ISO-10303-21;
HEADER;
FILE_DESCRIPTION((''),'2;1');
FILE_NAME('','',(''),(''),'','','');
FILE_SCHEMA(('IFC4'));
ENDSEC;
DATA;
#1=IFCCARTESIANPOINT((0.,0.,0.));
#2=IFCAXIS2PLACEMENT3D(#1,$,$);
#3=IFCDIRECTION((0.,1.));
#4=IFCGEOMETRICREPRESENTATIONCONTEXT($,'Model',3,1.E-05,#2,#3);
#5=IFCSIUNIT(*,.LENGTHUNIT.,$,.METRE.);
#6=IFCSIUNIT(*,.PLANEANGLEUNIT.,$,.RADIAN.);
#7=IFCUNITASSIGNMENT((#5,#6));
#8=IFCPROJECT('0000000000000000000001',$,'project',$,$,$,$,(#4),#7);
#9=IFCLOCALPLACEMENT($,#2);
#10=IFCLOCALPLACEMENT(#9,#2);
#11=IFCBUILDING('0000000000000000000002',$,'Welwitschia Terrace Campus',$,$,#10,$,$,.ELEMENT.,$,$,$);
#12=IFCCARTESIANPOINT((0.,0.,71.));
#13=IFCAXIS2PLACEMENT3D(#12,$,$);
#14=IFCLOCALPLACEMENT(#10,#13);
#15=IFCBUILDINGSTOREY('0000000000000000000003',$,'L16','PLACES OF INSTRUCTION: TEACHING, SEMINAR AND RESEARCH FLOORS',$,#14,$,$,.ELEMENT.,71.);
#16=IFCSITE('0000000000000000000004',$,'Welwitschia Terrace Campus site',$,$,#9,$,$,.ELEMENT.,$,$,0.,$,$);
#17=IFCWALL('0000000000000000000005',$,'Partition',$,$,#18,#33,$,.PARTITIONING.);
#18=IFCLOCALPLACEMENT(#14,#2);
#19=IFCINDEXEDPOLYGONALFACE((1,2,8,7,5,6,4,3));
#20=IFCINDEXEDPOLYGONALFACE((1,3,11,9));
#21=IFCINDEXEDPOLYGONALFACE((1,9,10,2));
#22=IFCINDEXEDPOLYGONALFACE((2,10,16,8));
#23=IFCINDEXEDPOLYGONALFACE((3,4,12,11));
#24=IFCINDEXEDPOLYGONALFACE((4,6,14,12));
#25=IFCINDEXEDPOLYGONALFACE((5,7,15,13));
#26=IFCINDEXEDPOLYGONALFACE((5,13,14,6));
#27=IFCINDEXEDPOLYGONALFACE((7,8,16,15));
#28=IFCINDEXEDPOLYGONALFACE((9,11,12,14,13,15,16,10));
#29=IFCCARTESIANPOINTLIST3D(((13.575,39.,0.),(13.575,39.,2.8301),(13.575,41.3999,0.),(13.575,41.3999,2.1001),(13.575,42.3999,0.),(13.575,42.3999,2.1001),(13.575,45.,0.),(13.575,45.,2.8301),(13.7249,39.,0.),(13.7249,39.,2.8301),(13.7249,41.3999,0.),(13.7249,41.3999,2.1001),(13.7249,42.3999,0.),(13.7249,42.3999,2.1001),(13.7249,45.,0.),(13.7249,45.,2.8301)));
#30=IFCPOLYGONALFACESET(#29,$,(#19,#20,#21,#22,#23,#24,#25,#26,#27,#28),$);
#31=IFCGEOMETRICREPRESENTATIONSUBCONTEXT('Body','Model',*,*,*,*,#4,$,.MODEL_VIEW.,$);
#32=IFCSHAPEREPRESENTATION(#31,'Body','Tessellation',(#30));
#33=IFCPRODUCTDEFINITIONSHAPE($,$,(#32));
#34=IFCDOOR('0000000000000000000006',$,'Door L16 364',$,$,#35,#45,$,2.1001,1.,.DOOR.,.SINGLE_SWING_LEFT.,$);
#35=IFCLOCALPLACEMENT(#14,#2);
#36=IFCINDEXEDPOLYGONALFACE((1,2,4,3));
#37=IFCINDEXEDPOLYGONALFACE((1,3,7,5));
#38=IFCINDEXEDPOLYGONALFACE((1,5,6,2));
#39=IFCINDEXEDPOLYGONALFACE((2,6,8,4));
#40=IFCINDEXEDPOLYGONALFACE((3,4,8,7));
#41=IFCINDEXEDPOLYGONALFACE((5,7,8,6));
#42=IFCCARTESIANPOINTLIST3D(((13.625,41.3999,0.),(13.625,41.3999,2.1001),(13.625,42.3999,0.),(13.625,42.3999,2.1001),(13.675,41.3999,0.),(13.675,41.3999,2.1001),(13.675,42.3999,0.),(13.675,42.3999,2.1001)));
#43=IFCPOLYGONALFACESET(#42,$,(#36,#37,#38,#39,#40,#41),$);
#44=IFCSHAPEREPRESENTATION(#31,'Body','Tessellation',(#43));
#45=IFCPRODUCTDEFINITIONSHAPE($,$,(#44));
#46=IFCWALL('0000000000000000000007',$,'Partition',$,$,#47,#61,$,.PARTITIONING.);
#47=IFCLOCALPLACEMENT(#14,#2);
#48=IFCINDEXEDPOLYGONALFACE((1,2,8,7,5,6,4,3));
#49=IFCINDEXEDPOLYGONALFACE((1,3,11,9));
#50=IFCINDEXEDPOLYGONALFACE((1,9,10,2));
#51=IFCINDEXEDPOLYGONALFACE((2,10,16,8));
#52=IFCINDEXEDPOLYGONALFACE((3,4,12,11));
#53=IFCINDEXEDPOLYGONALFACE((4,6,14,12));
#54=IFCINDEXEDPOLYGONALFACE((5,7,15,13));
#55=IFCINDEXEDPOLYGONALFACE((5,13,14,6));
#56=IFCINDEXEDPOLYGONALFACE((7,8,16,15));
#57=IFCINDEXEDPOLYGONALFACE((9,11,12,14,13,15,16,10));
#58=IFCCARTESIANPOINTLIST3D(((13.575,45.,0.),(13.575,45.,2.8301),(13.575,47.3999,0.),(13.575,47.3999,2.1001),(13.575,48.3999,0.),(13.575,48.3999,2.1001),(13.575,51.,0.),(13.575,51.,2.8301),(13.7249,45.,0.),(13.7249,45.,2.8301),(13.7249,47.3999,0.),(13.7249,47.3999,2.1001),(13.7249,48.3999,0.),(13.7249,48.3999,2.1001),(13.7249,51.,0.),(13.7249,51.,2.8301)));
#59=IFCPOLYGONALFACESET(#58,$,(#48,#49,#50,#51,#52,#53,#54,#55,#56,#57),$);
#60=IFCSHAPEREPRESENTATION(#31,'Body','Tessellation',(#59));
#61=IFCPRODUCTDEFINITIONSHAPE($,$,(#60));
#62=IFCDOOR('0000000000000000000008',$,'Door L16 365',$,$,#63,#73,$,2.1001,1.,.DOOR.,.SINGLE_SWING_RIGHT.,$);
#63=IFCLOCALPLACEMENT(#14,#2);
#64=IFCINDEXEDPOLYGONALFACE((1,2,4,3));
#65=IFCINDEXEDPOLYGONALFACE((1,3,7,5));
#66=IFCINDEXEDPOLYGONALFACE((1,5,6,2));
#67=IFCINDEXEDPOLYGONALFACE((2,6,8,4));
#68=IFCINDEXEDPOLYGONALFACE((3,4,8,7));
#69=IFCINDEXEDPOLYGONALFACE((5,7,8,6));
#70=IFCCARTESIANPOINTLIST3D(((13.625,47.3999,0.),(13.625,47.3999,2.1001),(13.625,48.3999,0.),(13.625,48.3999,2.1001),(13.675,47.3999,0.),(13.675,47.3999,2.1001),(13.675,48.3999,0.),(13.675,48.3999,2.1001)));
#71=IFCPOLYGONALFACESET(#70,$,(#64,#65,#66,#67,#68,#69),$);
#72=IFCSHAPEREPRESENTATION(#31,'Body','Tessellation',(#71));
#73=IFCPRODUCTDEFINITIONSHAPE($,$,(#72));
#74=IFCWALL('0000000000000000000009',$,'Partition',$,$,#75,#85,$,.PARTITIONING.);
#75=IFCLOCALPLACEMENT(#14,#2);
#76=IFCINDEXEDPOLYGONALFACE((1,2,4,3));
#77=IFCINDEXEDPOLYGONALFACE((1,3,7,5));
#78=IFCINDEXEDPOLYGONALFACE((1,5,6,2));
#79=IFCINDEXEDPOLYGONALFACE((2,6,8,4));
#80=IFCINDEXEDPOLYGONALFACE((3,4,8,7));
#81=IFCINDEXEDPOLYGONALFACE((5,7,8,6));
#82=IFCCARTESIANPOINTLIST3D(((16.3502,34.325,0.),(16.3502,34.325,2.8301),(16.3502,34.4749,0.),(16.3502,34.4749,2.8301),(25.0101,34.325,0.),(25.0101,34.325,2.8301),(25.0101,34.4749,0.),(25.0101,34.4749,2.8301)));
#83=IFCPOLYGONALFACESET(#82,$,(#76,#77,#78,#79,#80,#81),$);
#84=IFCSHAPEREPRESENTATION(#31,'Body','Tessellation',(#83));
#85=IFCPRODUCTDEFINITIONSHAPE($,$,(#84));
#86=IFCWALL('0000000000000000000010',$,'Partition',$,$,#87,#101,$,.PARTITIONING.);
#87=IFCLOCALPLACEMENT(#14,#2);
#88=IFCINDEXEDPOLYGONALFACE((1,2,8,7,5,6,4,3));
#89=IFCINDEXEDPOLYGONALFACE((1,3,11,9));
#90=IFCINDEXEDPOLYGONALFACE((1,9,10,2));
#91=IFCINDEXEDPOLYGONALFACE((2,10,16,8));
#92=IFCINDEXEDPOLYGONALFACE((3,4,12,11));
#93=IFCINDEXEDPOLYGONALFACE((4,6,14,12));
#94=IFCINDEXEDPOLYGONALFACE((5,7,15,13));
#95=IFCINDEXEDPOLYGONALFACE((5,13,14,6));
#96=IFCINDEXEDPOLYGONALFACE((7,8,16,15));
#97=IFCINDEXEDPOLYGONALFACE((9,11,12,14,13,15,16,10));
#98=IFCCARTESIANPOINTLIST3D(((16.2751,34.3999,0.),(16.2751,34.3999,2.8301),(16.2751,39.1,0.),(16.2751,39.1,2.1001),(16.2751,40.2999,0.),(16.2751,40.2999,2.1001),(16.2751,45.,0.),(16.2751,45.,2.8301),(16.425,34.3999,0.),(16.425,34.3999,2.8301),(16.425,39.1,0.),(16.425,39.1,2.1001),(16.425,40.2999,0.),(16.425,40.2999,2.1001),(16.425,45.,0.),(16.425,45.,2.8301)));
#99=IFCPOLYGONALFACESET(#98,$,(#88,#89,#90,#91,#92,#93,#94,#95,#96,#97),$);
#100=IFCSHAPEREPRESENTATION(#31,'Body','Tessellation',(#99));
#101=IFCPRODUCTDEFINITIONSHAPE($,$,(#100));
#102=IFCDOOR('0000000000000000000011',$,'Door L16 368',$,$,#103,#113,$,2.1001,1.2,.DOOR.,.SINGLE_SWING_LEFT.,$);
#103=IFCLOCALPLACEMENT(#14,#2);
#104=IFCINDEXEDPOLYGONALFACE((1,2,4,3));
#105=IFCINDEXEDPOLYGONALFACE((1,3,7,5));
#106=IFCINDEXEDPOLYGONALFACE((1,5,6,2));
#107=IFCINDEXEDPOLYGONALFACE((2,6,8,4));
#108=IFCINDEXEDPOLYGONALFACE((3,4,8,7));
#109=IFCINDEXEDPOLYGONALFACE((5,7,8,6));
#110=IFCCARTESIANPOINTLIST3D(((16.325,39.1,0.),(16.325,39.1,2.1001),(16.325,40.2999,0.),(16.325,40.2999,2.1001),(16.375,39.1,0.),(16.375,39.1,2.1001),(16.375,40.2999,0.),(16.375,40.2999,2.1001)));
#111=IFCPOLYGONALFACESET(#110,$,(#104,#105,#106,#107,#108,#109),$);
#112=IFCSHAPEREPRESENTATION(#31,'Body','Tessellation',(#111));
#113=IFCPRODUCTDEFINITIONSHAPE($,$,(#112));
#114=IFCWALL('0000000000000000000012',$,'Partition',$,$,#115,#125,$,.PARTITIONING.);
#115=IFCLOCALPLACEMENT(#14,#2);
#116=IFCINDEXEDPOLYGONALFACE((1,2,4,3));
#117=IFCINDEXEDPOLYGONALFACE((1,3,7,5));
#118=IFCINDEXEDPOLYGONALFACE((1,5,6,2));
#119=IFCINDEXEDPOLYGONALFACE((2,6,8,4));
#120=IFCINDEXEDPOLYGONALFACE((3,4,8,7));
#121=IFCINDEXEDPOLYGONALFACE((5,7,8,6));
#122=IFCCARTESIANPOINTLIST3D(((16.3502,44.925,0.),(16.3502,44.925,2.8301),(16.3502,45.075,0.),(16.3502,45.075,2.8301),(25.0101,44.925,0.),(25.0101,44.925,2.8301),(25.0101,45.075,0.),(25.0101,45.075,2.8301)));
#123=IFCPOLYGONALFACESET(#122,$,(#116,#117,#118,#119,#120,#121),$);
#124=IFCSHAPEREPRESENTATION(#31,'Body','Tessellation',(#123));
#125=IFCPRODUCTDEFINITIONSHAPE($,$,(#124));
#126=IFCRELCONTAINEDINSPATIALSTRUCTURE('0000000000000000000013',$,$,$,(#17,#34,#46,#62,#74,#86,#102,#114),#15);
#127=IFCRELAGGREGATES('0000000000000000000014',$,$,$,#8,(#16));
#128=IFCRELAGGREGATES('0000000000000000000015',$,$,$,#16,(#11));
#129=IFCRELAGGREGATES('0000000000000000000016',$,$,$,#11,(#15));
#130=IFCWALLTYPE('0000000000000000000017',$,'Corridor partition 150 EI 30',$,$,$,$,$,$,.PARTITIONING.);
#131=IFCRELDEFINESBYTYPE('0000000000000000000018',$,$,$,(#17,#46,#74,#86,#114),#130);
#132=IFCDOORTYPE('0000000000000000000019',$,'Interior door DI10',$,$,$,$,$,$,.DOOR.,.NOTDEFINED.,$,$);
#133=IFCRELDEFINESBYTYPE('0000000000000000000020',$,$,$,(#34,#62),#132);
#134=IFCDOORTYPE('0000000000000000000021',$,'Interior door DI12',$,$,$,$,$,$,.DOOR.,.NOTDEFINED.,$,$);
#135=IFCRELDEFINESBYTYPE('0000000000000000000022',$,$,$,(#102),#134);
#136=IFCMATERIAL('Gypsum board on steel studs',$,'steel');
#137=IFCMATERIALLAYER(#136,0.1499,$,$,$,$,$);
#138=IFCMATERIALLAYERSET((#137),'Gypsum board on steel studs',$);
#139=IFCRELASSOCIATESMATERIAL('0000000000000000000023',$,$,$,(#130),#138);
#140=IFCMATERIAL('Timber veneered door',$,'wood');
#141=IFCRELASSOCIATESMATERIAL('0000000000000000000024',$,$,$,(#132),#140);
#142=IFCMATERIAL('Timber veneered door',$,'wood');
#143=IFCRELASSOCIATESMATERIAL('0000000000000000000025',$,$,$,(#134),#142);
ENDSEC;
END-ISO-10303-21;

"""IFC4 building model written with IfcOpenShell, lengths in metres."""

from ifc_helpers import new_model, si_unit, direction, frame, frame_2d, origin, place, context, subcontext, project, spatial, rectangle, extrude, material, layer, layer_set, type_object, element, fill, save


model = new_model("IFC4")

# Units and contexts
model_context = context("Model", 3, precision=1e-05, world=origin(), true_north=direction((0.0, 1.0)))
body_context = subcontext(model_context, "Body", "Model", "MODEL_VIEW")
ifc_project = project(units=[si_unit("LENGTHUNIT", "METRE"), si_unit("PLANEANGLEUNIT", "RADIAN")], contexts=[model_context])

# Site, building, storey
site_placement = place(None, origin())
site = spatial("IfcSite", under=ifc_project, at=site_placement, Name="Welwitschia Terrace Campus site", CompositionType="ELEMENT", RefElevation=0.0)
building_placement = place(site_placement, origin())
building = spatial("IfcBuilding", under=site, at=building_placement, Name="Welwitschia Terrace Campus", CompositionType="ELEMENT")
storey_placement = place(building_placement, frame((0.0, 0.0, 71.0)))
storey = spatial("IfcBuildingStorey", under=building, at=storey_placement, Name="L16", Description="PLACES OF INSTRUCTION: TEACHING, SEMINAR AND RESEARCH FLOORS", CompositionType="ELEMENT", Elevation=71.0)

# Shared definitions
ifc_material_1 = material(Name="Gypsum board on steel studs", Category="steel")
ifc_layer_1 = layer(ifc_material_1, 0.1499)
ifc_layer_set_1 = layer_set([ifc_layer_1], Name="Gypsum board on steel studs")
wall_type = type_object("IfcWallType", Name="Corridor partition 150 EI 30", PredefinedType="PARTITIONING", material=ifc_layer_set_1)

# Walls, openings, doors
ifc_material_2 = material(Name="Timber veneered door", Category="wood")
door_type_1 = type_object("IfcDoorType", Name="Interior door DI10", OperationType="NOTDEFINED", PredefinedType="DOOR", material=ifc_material_2)
wall_1_placement = place(storey_placement, frame((13.6499, 39.0, 0.0), z_axis=(0.0, 0.0, 1.0), x_axis=(0.0, 1.0, 0.0)))
wall_1 = element("IfcWall", 1, at=wall_1_placement, inside=storey, type_object=wall_type, Name="Partition", PredefinedType="PARTITIONING", context=body_context, shape_type="SweptSolid", body=[
    extrude(rectangle(XDim=6.0, YDim=0.1499, at=frame_2d((3.0, 0.0))), origin(), (0.0, 0.0, 1.0), 2.8301),
])
opening_1_placement = place(wall_1_placement, frame((2.3999, 0.0, 0.0)))
opening_1 = element("IfcOpeningElement", 2, at=opening_1_placement, cuts=wall_1, PredefinedType="OPENING", context=body_context, shape_type="SweptSolid", body=[
    extrude(rectangle(XDim=1.0, YDim=2.1001, at=frame_2d((0.5, 1.05))), frame((0.0, 0.085, 0.0), z_axis=(0.0, -1.0, 0.0), x_axis=(1.0, 0.0, 0.0)), (0.0, 0.0, 1.0), 0.1699),
])
door_1_placement = place(opening_1_placement, origin())
door_1 = element("IfcDoor", 3, at=door_1_placement, inside=storey, type_object=door_type_1, Name="Door L16 364", OperationType="SINGLE_SWING_LEFT", OverallHeight=2.1001, OverallWidth=1.0, PredefinedType="DOOR", context=body_context, shape_type="SweptSolid", body=[
    extrude(rectangle(XDim=1.0, YDim=2.1001, at=frame_2d((0.5, 1.05))), frame((0.0, 0.0249, 0.0), z_axis=(0.0, -1.0, 0.0), x_axis=(1.0, 0.0, 0.0)), (0.0, 0.0, 1.0), 0.05),
])
fill(opening_1, door_1)
wall_2_placement = place(storey_placement, frame((13.6499, 45.0, 0.0), z_axis=(0.0, 0.0, 1.0), x_axis=(0.0, 1.0, 0.0)))
wall_2 = element("IfcWall", 4, at=wall_2_placement, inside=storey, type_object=wall_type, Name="Partition", PredefinedType="PARTITIONING", context=body_context, shape_type="SweptSolid", body=[
    extrude(rectangle(XDim=6.0, YDim=0.1499, at=frame_2d((3.0, 0.0))), origin(), (0.0, 0.0, 1.0), 2.8301),
])
opening_2_placement = place(wall_2_placement, frame((2.3999, 0.0, 0.0)))
opening_2 = element("IfcOpeningElement", 5, at=opening_2_placement, cuts=wall_2, PredefinedType="OPENING", context=body_context, shape_type="SweptSolid", body=[
    extrude(rectangle(XDim=1.0, YDim=2.1001, at=frame_2d((0.5, 1.05))), frame((0.0, 0.085, 0.0), z_axis=(0.0, -1.0, 0.0), x_axis=(1.0, 0.0, 0.0)), (0.0, 0.0, 1.0), 0.1699),
])
door_2_placement = place(opening_2_placement, origin())
door_2 = element("IfcDoor", 6, at=door_2_placement, inside=storey, type_object=door_type_1, Name="Door L16 365", OperationType="SINGLE_SWING_RIGHT", OverallHeight=2.1001, OverallWidth=1.0, PredefinedType="DOOR", context=body_context, shape_type="SweptSolid", body=[
    extrude(rectangle(XDim=1.0, YDim=2.1001, at=frame_2d((0.5, 1.05))), frame((0.0, 0.0249, 0.0), z_axis=(0.0, -1.0, 0.0), x_axis=(1.0, 0.0, 0.0)), (0.0, 0.0, 1.0), 0.05),
])
fill(opening_2, door_2)

# Wall
wall_3_placement = place(storey_placement, frame((16.3501, 34.3999, 0.0), z_axis=(0.0, 0.0, 1.0), x_axis=(1.0, 0.0, 0.0)))
element("IfcWall", 7, at=wall_3_placement, inside=storey, type_object=wall_type, Name="Partition", PredefinedType="PARTITIONING", context=body_context, shape_type="SweptSolid", body=[
    extrude(rectangle(XDim=8.6599, YDim=0.1499, at=frame_2d((4.3301, 0.0))), origin(), (0.0, 0.0, 1.0), 2.8301),
])

# Wall, opening, door
wall_4_placement = place(storey_placement, frame((16.3501, 45.0, 0.0), z_axis=(0.0, 0.0, 1.0), x_axis=(0.0, -1.0, 0.0)))
wall_4 = element("IfcWall", 8, at=wall_4_placement, inside=storey, type_object=wall_type, Name="Partition", PredefinedType="PARTITIONING", context=body_context, shape_type="SweptSolid", body=[
    extrude(rectangle(XDim=10.6001, YDim=0.1499, at=frame_2d((5.3, 0.0))), origin(), (0.0, 0.0, 1.0), 2.8301),
])
opening_3_placement = place(wall_4_placement, frame((4.7, 0.0, 0.0)))
opening_3 = element("IfcOpeningElement", 9, at=opening_3_placement, cuts=wall_4, PredefinedType="OPENING", context=body_context, shape_type="SweptSolid", body=[
    extrude(rectangle(XDim=1.2, YDim=2.1001, at=frame_2d((0.6001, 1.05))), frame((0.0, 0.085, 0.0), z_axis=(0.0, -1.0, 0.0), x_axis=(1.0, 0.0, 0.0)), (0.0, 0.0, 1.0), 0.1699),
])
ifc_material_3 = material(Name="Timber veneered door", Category="wood")
door_type_2 = type_object("IfcDoorType", Name="Interior door DI12", OperationType="NOTDEFINED", PredefinedType="DOOR", material=ifc_material_3)
door_3_placement = place(opening_3_placement, origin())
door_3 = element("IfcDoor", 10, at=door_3_placement, inside=storey, type_object=door_type_2, Name="Door L16 368", OperationType="SINGLE_SWING_LEFT", OverallHeight=2.1001, OverallWidth=1.2, PredefinedType="DOOR", context=body_context, shape_type="SweptSolid", body=[
    extrude(rectangle(XDim=1.2, YDim=2.1001, at=frame_2d((0.6001, 1.05))), frame((0.0, 0.0249, 0.0), z_axis=(0.0, -1.0, 0.0), x_axis=(1.0, 0.0, 0.0)), (0.0, 0.0, 1.0), 0.05),
])
fill(opening_3, door_3)

# Wall
wall_5_placement = place(storey_placement, frame((16.3501, 45.0, 0.0), z_axis=(0.0, 0.0, 1.0), x_axis=(1.0, 0.0, 0.0)))
element("IfcWall", 11, at=wall_5_placement, inside=storey, type_object=wall_type, Name="Partition", PredefinedType="PARTITIONING", context=body_context, shape_type="SweptSolid", body=[
    extrude(rectangle(XDim=8.6599, YDim=0.1499, at=frame_2d((4.3301, 0.0))), origin(), (0.0, 0.0, 1.0), 2.8301),
])

save(model, "model.ifc")
